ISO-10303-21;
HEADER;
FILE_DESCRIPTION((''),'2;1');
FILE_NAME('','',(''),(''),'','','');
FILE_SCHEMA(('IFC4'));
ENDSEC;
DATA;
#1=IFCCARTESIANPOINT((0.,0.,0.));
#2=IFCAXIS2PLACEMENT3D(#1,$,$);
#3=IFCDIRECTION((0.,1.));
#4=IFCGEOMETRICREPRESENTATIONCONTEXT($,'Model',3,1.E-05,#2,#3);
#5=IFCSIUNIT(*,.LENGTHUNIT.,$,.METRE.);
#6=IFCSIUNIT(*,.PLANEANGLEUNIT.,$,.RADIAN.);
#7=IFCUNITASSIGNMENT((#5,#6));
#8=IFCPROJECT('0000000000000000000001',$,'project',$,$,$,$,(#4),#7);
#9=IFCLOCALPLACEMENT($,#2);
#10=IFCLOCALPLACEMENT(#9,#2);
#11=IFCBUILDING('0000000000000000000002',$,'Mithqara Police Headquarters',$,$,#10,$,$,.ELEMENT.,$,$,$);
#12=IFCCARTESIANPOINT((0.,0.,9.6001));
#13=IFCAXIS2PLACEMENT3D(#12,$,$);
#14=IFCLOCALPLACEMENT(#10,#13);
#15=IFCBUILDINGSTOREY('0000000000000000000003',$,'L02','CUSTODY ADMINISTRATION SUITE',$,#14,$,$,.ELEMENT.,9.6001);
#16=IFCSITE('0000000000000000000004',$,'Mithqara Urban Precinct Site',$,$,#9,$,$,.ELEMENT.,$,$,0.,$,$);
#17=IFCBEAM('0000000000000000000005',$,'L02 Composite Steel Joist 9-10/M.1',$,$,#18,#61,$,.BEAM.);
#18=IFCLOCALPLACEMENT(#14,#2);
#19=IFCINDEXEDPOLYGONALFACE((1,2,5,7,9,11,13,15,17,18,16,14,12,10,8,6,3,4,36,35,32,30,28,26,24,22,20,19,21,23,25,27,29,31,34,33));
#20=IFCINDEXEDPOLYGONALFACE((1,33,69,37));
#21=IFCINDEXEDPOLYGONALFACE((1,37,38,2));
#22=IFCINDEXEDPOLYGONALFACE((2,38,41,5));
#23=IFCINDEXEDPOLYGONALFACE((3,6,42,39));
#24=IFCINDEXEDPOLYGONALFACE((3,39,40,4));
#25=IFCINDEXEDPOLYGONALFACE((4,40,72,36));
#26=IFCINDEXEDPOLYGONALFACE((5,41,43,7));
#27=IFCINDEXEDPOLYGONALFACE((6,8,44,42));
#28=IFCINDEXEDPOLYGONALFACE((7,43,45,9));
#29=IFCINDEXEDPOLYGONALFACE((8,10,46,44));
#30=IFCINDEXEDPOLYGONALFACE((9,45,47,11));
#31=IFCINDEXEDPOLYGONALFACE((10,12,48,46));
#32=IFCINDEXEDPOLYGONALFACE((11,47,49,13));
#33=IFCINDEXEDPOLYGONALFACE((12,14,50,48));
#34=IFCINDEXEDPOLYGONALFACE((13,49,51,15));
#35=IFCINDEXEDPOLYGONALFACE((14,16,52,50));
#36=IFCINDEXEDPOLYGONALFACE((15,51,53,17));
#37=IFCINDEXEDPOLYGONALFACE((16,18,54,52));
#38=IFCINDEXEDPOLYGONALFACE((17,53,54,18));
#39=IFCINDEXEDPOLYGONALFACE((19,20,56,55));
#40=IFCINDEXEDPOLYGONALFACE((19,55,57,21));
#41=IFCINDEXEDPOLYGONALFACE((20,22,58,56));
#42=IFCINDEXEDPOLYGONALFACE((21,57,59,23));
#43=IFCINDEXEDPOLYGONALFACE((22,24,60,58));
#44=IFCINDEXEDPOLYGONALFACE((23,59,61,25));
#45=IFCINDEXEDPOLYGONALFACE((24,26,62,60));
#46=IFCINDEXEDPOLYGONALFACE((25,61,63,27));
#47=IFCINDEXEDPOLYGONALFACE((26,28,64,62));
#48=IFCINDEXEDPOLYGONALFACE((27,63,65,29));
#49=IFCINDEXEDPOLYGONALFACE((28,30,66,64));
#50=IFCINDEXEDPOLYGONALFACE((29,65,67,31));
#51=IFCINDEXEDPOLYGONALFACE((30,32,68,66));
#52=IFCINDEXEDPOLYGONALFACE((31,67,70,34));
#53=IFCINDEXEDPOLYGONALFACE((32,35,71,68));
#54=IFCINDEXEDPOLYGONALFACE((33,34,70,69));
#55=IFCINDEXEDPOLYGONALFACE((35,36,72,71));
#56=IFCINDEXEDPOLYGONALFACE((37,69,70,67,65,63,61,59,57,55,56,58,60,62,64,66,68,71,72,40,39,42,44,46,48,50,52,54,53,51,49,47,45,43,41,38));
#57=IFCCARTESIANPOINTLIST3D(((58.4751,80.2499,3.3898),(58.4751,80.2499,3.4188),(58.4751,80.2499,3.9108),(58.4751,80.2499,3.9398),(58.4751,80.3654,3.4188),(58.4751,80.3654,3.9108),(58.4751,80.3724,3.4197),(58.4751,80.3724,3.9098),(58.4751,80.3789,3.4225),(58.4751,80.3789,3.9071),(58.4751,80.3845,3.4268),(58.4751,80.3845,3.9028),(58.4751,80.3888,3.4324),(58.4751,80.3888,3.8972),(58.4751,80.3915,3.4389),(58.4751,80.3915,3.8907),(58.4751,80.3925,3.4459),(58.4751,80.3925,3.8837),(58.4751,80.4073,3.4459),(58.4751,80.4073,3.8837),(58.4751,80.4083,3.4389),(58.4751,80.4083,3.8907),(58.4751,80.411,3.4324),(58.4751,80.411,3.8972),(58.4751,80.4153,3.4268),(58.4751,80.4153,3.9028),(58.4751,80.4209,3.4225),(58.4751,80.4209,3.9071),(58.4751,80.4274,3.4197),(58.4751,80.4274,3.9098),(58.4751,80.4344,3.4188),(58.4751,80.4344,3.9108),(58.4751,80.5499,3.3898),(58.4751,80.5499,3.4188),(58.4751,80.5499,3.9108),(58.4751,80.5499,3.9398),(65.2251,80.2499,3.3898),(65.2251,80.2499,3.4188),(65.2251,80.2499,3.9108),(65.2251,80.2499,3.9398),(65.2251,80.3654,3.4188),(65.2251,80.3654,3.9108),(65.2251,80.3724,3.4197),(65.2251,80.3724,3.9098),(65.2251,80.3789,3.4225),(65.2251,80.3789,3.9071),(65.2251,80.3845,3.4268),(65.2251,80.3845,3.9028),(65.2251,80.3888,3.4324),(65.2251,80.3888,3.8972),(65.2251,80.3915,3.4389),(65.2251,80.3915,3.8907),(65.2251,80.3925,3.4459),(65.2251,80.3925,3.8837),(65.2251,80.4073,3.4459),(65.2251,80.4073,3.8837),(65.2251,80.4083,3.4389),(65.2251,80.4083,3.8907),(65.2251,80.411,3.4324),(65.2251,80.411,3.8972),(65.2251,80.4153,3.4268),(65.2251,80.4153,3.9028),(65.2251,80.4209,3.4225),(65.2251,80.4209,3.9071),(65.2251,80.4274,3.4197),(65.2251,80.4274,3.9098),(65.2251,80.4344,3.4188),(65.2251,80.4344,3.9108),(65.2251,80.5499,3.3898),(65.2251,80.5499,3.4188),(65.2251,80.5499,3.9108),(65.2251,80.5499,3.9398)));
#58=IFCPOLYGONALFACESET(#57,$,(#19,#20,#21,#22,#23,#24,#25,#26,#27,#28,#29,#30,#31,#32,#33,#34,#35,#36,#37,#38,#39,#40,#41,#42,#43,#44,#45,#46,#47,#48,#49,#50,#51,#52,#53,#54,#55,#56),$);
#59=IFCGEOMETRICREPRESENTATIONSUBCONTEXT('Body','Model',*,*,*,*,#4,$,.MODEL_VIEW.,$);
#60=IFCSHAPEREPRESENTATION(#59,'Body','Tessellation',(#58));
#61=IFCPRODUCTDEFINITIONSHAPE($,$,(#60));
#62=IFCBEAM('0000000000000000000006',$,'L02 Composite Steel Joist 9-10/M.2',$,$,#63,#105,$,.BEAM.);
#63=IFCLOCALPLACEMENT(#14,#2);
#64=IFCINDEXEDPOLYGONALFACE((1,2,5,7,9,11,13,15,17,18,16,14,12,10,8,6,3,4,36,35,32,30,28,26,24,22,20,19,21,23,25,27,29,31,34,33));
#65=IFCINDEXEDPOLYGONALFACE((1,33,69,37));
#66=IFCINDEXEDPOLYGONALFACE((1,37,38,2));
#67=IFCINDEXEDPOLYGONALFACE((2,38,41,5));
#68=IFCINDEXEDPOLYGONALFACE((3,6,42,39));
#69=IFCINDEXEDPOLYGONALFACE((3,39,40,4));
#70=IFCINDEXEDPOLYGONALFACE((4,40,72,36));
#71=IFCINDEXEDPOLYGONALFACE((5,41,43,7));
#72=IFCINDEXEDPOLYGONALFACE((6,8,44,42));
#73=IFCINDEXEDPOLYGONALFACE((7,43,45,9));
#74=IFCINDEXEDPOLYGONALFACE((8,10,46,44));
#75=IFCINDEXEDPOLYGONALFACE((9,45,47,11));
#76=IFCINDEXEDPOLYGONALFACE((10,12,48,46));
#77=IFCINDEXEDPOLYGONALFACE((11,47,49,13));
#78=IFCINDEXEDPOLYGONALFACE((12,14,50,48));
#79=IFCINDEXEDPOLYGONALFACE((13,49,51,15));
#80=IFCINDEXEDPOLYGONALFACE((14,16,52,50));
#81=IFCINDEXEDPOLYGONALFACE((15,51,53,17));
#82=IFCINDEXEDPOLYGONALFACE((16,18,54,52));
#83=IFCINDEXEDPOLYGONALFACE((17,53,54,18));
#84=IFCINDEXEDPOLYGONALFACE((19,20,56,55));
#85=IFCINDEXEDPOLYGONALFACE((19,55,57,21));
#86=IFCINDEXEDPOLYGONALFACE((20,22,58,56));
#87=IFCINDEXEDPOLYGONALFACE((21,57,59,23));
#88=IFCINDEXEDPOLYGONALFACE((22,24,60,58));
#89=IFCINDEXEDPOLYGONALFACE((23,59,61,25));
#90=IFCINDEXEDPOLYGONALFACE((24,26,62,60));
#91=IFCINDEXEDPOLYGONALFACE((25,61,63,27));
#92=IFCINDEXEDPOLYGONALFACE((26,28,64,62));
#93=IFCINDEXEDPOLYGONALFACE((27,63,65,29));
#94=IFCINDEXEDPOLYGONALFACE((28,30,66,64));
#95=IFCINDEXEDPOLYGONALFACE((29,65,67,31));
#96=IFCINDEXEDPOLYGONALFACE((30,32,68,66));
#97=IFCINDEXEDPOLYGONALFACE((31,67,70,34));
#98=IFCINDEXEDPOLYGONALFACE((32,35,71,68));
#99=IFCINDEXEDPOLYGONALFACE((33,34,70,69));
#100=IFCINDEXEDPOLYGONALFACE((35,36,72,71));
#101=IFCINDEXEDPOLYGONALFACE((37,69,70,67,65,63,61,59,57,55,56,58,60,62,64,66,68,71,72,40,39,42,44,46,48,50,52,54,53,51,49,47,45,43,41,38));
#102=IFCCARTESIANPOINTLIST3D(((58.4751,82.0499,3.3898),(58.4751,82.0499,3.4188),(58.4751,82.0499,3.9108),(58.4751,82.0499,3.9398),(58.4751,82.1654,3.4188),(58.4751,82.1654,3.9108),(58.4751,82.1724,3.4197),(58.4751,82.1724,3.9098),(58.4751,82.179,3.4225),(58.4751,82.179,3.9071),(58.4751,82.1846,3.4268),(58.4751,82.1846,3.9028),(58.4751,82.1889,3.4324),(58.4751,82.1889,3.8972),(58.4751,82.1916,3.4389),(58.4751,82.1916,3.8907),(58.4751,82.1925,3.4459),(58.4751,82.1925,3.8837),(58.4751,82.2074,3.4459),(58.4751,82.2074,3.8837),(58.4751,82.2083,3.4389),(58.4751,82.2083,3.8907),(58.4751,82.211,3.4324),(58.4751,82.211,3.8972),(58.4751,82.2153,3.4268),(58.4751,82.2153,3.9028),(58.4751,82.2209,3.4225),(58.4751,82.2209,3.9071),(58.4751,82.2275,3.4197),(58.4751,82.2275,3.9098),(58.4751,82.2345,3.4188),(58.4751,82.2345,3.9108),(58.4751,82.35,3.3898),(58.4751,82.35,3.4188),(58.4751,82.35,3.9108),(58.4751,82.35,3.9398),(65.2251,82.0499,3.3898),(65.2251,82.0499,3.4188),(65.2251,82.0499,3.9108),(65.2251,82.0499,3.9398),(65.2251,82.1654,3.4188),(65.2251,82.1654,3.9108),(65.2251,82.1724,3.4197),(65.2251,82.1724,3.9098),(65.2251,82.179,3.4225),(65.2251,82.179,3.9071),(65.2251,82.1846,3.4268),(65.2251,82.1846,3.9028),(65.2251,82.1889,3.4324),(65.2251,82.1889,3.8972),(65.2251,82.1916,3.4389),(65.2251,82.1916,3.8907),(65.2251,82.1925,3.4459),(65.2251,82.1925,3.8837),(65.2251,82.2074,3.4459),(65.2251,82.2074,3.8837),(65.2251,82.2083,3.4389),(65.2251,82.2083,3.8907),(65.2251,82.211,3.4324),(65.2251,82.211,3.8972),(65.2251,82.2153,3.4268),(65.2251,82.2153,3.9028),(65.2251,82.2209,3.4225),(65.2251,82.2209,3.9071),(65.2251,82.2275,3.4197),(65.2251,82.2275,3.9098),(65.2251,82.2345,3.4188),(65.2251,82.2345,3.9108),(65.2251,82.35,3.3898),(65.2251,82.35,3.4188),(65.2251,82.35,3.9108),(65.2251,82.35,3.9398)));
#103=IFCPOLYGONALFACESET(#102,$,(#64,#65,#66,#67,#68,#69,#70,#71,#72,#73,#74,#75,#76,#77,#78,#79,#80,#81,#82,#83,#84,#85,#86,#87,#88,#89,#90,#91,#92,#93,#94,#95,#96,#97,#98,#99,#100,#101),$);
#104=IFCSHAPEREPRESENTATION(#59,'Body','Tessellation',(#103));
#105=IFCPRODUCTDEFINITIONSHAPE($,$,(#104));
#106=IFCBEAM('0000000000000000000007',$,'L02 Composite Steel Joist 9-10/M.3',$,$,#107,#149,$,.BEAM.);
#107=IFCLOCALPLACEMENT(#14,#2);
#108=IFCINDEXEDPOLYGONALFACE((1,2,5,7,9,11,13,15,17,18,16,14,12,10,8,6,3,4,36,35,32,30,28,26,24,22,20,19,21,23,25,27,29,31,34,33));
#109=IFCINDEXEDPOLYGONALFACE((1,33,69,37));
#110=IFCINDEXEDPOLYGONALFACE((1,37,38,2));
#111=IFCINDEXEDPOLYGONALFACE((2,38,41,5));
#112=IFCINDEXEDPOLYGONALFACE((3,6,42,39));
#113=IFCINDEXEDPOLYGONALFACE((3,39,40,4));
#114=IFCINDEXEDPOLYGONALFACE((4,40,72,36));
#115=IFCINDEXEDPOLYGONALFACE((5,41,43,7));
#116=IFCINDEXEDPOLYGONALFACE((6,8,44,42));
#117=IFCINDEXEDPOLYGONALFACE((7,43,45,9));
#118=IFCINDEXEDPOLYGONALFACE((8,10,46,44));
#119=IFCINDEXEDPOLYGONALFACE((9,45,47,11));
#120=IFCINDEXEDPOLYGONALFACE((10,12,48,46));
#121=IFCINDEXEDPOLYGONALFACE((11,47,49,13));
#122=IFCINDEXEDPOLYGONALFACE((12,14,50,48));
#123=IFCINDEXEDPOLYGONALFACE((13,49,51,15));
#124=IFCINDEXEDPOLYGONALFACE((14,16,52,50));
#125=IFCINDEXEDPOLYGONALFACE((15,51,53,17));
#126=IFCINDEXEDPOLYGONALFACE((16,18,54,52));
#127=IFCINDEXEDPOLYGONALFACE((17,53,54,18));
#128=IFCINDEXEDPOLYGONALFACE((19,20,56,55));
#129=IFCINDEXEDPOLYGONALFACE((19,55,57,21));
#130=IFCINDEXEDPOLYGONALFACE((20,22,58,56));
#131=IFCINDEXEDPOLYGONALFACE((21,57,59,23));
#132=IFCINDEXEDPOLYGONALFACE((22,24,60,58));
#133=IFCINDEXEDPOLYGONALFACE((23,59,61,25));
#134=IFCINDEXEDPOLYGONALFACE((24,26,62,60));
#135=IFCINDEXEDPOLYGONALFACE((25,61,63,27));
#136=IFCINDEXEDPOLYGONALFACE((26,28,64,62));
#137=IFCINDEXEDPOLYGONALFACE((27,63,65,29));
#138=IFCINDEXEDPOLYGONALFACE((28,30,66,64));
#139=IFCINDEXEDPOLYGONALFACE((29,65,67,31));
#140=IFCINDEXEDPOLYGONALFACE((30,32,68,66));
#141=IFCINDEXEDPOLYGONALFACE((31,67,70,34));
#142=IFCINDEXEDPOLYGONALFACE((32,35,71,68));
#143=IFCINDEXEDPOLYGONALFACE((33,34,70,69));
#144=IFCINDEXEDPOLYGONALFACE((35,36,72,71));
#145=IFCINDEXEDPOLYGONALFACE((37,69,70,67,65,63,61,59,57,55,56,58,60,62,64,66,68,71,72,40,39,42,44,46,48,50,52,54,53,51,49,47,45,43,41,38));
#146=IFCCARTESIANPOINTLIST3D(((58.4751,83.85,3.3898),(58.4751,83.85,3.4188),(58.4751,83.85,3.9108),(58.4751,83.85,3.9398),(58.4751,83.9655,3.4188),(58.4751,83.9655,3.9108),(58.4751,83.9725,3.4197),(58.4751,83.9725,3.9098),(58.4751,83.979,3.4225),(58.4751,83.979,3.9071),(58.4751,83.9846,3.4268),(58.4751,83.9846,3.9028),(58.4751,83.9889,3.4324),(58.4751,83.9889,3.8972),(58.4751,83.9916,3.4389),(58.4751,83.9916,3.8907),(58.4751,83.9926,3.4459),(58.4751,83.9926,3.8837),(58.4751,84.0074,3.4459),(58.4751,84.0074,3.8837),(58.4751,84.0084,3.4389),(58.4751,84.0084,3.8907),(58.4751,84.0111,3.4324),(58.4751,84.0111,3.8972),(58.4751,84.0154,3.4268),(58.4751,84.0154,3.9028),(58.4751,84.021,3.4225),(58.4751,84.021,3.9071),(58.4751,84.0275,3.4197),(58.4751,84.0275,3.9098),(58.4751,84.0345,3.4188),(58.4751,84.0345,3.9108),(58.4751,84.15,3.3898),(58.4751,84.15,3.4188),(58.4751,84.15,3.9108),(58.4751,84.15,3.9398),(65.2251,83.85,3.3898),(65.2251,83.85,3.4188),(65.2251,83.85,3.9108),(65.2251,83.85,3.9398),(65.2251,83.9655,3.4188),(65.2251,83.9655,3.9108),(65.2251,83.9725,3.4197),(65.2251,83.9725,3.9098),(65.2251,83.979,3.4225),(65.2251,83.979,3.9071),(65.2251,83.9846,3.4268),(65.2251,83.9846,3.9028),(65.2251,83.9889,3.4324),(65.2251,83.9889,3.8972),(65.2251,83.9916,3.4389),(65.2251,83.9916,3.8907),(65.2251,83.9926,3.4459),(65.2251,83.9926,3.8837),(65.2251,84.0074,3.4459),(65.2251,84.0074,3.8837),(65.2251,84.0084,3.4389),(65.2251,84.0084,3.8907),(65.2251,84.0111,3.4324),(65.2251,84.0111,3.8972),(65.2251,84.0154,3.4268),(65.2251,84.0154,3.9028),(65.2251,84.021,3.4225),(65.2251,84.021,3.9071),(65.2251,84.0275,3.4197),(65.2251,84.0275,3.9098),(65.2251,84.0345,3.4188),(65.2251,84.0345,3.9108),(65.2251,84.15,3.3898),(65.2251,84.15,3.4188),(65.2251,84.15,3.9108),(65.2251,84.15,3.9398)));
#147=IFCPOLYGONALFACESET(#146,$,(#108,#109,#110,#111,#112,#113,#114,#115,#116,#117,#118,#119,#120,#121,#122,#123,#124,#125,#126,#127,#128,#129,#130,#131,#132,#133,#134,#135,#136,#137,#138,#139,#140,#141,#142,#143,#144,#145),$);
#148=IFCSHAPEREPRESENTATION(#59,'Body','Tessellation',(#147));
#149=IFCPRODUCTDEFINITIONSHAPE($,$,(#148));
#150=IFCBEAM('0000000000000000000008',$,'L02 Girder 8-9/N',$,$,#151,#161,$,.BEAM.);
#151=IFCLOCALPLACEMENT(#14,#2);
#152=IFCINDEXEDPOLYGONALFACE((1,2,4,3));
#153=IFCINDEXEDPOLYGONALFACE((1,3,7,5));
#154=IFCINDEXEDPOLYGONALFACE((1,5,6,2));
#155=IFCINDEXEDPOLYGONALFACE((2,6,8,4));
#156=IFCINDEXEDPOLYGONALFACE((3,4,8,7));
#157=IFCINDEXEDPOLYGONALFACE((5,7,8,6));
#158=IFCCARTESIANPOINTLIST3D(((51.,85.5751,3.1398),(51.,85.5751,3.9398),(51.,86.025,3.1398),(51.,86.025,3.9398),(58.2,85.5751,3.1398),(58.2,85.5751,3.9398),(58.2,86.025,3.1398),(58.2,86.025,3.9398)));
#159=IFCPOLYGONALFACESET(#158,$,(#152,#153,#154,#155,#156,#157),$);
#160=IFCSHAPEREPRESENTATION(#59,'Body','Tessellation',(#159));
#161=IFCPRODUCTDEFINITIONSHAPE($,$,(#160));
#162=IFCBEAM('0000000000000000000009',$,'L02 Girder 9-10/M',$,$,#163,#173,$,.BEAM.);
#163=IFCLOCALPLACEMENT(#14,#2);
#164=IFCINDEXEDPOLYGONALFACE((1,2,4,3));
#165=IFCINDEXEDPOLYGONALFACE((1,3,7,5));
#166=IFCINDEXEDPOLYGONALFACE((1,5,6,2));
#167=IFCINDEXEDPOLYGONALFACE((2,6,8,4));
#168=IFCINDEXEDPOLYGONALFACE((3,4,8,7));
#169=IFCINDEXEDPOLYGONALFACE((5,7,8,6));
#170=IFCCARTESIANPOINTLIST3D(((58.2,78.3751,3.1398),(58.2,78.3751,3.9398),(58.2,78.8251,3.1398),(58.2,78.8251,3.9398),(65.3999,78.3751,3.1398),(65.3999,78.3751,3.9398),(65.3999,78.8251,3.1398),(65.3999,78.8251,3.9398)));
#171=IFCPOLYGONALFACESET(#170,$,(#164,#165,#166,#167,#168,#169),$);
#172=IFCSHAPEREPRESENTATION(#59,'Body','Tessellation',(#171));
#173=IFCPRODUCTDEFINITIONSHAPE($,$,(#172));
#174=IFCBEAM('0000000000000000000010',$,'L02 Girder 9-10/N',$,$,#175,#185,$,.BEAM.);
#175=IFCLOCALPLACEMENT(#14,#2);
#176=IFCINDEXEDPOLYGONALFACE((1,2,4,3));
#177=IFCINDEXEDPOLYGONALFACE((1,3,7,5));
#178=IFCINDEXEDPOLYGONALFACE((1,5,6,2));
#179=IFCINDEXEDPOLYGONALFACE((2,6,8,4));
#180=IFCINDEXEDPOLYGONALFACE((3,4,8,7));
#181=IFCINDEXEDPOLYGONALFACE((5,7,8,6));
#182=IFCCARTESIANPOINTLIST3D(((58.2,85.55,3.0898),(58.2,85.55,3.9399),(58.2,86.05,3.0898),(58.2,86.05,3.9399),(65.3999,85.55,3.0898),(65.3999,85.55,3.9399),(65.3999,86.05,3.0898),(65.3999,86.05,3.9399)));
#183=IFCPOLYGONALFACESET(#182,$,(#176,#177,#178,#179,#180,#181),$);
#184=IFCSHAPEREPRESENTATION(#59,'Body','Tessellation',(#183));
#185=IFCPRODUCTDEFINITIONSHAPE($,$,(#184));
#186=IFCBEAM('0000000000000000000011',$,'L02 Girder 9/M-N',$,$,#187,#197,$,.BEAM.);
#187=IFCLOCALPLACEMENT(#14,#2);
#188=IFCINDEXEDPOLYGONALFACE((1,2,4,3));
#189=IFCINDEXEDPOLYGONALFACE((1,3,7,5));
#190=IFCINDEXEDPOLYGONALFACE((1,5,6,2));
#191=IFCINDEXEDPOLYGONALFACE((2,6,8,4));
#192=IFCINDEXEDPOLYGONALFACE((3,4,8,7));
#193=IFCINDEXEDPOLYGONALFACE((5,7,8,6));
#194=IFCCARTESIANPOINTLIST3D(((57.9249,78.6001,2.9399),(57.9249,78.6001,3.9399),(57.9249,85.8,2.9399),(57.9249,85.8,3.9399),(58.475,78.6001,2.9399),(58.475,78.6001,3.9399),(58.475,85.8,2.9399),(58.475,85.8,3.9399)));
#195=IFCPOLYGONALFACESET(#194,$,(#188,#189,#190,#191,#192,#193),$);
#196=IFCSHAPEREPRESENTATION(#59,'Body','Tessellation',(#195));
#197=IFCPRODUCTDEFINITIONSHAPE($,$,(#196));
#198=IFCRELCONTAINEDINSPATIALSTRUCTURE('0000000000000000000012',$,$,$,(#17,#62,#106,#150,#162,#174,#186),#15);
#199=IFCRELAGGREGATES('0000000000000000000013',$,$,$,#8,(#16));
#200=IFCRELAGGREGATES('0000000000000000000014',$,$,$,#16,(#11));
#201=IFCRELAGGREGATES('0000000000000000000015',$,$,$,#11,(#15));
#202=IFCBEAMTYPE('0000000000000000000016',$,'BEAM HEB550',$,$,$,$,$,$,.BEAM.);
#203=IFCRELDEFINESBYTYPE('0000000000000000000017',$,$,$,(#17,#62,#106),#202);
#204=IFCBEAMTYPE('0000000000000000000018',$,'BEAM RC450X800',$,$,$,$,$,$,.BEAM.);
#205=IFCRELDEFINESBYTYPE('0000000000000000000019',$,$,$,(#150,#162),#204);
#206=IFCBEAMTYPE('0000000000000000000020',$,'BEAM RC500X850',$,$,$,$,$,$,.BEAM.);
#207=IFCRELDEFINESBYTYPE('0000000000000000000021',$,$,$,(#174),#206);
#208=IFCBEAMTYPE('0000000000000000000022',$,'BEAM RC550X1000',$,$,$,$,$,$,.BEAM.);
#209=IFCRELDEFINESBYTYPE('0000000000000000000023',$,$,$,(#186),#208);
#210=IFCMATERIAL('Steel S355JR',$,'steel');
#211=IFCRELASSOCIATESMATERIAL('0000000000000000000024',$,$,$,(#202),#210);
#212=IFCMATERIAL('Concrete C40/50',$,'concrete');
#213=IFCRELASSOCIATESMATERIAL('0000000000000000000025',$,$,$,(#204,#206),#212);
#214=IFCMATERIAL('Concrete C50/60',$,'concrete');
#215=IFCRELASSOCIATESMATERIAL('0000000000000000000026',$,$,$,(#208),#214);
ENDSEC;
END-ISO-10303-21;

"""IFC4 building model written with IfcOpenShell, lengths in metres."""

from ifc_helpers import new_model, si_unit, direction, frame, origin, origin_2d, place, context, subcontext, project, spatial, rectangle, i_section, extrude, material, material_profile, profile_set, type_object, element, save


model = new_model("IFC4")

# Units and contexts
model_context = context("Model", 3, precision=1e-05, world=origin(), true_north=direction((0.0, 1.0)))
body_context = subcontext(model_context, "Body", "Model", "MODEL_VIEW")
ifc_project = project(units=[si_unit("LENGTHUNIT", "METRE"), si_unit("PLANEANGLEUNIT", "RADIAN")], contexts=[model_context])

# Site, building, storey
site_placement = place(None, origin())
site = spatial("IfcSite", under=ifc_project, at=site_placement, Name="Mithqara Urban Precinct Site", CompositionType="ELEMENT", RefElevation=0.0)
building_placement = place(site_placement, origin())
building = spatial("IfcBuilding", under=site, at=building_placement, Name="Mithqara Police Headquarters", CompositionType="ELEMENT")
storey_placement = place(building_placement, frame((0.0, 0.0, 9.6001)))
storey = spatial("IfcBuildingStorey", under=building, at=storey_placement, Name="L02", Description="CUSTODY ADMINISTRATION SUITE", CompositionType="ELEMENT", Elevation=9.6001)

# Shared definitions
ifc_material_1 = material(Name="Concrete C50/60", Category="concrete")

# Beams
ifc_material_2 = material(Name="Steel S355JR", Category="steel")
ifc_material_profile_1 = material_profile(ifc_material_2, i_section(OverallWidth=0.3, OverallDepth=0.55, WebThickness=0.0149, FlangeThickness=0.0291, FilletRadius=0.0271, at=origin_2d()), Name="HEB 550")
ifc_profile_set_1 = profile_set([ifc_material_profile_1], Name="Steel S355JR")
beam_type_1 = type_object("IfcBeamType", Name="BEAM HEB550", PredefinedType="BEAM", material=ifc_profile_set_1)
for number, where, z_axis, x_axis, name in (
    (1, (58.4751, 80.3999, 3.6648), (1.0, 0.0, 0.0), (0.0, 1.0, 0.0), "L02 Composite Steel Joist 9-10/M.1"),
    (2, (58.4751, 82.2, 3.6648), (1.0, 0.0, 0.0), (0.0, 1.0, 0.0), "L02 Composite Steel Joist 9-10/M.2"),
    (3, (58.4751, 84.0, 3.6648), (1.0, 0.0, 0.0), (0.0, 1.0, 0.0), "L02 Composite Steel Joist 9-10/M.3"),
):
    element("IfcBeam", number, at=place(storey_placement, frame(where, z_axis=z_axis, x_axis=x_axis)), inside=storey, type_object=beam_type_1, Name=name, PredefinedType="BEAM", context=body_context, shape_type="SweptSolid", body=[
        extrude(i_section(OverallWidth=0.3, OverallDepth=0.55, WebThickness=0.0149, FlangeThickness=0.0291, FilletRadius=0.0271, at=origin_2d()), origin(), (0.0, 0.0, 1.0), 6.75),
    ])
ifc_material_3 = material(Name="Concrete C40/50", Category="concrete")
ifc_material_profile_2 = material_profile(ifc_material_3, rectangle(XDim=0.45, YDim=0.8, at=origin_2d()), Name="RC 450x800")
ifc_profile_set_2 = profile_set([ifc_material_profile_2], Name="Concrete C40/50")
beam_type_2 = type_object("IfcBeamType", Name="BEAM RC450X800", PredefinedType="BEAM", material=ifc_profile_set_2)
for number, where, z_axis, x_axis, name in (
    (4, (51.0, 85.8, 3.5398), (1.0, 0.0, 0.0), (0.0, 1.0, 0.0), "L02 Girder 8-9/N"),
    (5, (58.2, 78.6001, 3.5398), (1.0, 0.0, 0.0), (0.0, 1.0, 0.0), "L02 Girder 9-10/M"),
):
    element("IfcBeam", number, at=place(storey_placement, frame(where, z_axis=z_axis, x_axis=x_axis)), inside=storey, type_object=beam_type_2, Name=name, PredefinedType="BEAM", context=body_context, shape_type="SweptSolid", body=[
        extrude(rectangle(XDim=0.45, YDim=0.8, at=origin_2d()), origin(), (0.0, 0.0, 1.0), 7.2),
    ])
ifc_material_profile_3 = material_profile(ifc_material_3, rectangle(XDim=0.5, YDim=0.8501, at=origin_2d()), Name="RC 500x850")
ifc_profile_set_3 = profile_set([ifc_material_profile_3], Name="Concrete C40/50")
beam_type_3 = type_object("IfcBeamType", Name="BEAM RC500X850", PredefinedType="BEAM", material=ifc_profile_set_3)
beam_1_placement = place(storey_placement, frame((58.2, 85.8, 3.5149), z_axis=(1.0, 0.0, 0.0), x_axis=(0.0, 1.0, 0.0)))
element("IfcBeam", 6, at=beam_1_placement, inside=storey, type_object=beam_type_3, Name="L02 Girder 9-10/N", PredefinedType="BEAM", context=body_context, shape_type="SweptSolid", body=[
    extrude(rectangle(XDim=0.5, YDim=0.8501, at=origin_2d()), origin(), (0.0, 0.0, 1.0), 7.2),
])
ifc_material_profile_4 = material_profile(ifc_material_1, rectangle(XDim=0.55, YDim=1.0, at=origin_2d()), Name="RC 550x1000")
ifc_profile_set_4 = profile_set([ifc_material_profile_4], Name="Concrete C50/60")
beam_type_4 = type_object("IfcBeamType", Name="BEAM RC550X1000", PredefinedType="BEAM", material=ifc_profile_set_4)
beam_2_placement = place(storey_placement, frame((58.2, 78.6001, 3.4399), z_axis=(0.0, 1.0, 0.0), x_axis=(-1.0, 0.0, 0.0)))
element("IfcBeam", 7, at=beam_2_placement, inside=storey, type_object=beam_type_4, Name="L02 Girder 9/M-N", PredefinedType="BEAM", context=body_context, shape_type="SweptSolid", body=[
    extrude(rectangle(XDim=0.55, YDim=1.0, at=origin_2d()), origin(), (0.0, 0.0, 1.0), 7.2),
])

save(model, "model.ifc")
